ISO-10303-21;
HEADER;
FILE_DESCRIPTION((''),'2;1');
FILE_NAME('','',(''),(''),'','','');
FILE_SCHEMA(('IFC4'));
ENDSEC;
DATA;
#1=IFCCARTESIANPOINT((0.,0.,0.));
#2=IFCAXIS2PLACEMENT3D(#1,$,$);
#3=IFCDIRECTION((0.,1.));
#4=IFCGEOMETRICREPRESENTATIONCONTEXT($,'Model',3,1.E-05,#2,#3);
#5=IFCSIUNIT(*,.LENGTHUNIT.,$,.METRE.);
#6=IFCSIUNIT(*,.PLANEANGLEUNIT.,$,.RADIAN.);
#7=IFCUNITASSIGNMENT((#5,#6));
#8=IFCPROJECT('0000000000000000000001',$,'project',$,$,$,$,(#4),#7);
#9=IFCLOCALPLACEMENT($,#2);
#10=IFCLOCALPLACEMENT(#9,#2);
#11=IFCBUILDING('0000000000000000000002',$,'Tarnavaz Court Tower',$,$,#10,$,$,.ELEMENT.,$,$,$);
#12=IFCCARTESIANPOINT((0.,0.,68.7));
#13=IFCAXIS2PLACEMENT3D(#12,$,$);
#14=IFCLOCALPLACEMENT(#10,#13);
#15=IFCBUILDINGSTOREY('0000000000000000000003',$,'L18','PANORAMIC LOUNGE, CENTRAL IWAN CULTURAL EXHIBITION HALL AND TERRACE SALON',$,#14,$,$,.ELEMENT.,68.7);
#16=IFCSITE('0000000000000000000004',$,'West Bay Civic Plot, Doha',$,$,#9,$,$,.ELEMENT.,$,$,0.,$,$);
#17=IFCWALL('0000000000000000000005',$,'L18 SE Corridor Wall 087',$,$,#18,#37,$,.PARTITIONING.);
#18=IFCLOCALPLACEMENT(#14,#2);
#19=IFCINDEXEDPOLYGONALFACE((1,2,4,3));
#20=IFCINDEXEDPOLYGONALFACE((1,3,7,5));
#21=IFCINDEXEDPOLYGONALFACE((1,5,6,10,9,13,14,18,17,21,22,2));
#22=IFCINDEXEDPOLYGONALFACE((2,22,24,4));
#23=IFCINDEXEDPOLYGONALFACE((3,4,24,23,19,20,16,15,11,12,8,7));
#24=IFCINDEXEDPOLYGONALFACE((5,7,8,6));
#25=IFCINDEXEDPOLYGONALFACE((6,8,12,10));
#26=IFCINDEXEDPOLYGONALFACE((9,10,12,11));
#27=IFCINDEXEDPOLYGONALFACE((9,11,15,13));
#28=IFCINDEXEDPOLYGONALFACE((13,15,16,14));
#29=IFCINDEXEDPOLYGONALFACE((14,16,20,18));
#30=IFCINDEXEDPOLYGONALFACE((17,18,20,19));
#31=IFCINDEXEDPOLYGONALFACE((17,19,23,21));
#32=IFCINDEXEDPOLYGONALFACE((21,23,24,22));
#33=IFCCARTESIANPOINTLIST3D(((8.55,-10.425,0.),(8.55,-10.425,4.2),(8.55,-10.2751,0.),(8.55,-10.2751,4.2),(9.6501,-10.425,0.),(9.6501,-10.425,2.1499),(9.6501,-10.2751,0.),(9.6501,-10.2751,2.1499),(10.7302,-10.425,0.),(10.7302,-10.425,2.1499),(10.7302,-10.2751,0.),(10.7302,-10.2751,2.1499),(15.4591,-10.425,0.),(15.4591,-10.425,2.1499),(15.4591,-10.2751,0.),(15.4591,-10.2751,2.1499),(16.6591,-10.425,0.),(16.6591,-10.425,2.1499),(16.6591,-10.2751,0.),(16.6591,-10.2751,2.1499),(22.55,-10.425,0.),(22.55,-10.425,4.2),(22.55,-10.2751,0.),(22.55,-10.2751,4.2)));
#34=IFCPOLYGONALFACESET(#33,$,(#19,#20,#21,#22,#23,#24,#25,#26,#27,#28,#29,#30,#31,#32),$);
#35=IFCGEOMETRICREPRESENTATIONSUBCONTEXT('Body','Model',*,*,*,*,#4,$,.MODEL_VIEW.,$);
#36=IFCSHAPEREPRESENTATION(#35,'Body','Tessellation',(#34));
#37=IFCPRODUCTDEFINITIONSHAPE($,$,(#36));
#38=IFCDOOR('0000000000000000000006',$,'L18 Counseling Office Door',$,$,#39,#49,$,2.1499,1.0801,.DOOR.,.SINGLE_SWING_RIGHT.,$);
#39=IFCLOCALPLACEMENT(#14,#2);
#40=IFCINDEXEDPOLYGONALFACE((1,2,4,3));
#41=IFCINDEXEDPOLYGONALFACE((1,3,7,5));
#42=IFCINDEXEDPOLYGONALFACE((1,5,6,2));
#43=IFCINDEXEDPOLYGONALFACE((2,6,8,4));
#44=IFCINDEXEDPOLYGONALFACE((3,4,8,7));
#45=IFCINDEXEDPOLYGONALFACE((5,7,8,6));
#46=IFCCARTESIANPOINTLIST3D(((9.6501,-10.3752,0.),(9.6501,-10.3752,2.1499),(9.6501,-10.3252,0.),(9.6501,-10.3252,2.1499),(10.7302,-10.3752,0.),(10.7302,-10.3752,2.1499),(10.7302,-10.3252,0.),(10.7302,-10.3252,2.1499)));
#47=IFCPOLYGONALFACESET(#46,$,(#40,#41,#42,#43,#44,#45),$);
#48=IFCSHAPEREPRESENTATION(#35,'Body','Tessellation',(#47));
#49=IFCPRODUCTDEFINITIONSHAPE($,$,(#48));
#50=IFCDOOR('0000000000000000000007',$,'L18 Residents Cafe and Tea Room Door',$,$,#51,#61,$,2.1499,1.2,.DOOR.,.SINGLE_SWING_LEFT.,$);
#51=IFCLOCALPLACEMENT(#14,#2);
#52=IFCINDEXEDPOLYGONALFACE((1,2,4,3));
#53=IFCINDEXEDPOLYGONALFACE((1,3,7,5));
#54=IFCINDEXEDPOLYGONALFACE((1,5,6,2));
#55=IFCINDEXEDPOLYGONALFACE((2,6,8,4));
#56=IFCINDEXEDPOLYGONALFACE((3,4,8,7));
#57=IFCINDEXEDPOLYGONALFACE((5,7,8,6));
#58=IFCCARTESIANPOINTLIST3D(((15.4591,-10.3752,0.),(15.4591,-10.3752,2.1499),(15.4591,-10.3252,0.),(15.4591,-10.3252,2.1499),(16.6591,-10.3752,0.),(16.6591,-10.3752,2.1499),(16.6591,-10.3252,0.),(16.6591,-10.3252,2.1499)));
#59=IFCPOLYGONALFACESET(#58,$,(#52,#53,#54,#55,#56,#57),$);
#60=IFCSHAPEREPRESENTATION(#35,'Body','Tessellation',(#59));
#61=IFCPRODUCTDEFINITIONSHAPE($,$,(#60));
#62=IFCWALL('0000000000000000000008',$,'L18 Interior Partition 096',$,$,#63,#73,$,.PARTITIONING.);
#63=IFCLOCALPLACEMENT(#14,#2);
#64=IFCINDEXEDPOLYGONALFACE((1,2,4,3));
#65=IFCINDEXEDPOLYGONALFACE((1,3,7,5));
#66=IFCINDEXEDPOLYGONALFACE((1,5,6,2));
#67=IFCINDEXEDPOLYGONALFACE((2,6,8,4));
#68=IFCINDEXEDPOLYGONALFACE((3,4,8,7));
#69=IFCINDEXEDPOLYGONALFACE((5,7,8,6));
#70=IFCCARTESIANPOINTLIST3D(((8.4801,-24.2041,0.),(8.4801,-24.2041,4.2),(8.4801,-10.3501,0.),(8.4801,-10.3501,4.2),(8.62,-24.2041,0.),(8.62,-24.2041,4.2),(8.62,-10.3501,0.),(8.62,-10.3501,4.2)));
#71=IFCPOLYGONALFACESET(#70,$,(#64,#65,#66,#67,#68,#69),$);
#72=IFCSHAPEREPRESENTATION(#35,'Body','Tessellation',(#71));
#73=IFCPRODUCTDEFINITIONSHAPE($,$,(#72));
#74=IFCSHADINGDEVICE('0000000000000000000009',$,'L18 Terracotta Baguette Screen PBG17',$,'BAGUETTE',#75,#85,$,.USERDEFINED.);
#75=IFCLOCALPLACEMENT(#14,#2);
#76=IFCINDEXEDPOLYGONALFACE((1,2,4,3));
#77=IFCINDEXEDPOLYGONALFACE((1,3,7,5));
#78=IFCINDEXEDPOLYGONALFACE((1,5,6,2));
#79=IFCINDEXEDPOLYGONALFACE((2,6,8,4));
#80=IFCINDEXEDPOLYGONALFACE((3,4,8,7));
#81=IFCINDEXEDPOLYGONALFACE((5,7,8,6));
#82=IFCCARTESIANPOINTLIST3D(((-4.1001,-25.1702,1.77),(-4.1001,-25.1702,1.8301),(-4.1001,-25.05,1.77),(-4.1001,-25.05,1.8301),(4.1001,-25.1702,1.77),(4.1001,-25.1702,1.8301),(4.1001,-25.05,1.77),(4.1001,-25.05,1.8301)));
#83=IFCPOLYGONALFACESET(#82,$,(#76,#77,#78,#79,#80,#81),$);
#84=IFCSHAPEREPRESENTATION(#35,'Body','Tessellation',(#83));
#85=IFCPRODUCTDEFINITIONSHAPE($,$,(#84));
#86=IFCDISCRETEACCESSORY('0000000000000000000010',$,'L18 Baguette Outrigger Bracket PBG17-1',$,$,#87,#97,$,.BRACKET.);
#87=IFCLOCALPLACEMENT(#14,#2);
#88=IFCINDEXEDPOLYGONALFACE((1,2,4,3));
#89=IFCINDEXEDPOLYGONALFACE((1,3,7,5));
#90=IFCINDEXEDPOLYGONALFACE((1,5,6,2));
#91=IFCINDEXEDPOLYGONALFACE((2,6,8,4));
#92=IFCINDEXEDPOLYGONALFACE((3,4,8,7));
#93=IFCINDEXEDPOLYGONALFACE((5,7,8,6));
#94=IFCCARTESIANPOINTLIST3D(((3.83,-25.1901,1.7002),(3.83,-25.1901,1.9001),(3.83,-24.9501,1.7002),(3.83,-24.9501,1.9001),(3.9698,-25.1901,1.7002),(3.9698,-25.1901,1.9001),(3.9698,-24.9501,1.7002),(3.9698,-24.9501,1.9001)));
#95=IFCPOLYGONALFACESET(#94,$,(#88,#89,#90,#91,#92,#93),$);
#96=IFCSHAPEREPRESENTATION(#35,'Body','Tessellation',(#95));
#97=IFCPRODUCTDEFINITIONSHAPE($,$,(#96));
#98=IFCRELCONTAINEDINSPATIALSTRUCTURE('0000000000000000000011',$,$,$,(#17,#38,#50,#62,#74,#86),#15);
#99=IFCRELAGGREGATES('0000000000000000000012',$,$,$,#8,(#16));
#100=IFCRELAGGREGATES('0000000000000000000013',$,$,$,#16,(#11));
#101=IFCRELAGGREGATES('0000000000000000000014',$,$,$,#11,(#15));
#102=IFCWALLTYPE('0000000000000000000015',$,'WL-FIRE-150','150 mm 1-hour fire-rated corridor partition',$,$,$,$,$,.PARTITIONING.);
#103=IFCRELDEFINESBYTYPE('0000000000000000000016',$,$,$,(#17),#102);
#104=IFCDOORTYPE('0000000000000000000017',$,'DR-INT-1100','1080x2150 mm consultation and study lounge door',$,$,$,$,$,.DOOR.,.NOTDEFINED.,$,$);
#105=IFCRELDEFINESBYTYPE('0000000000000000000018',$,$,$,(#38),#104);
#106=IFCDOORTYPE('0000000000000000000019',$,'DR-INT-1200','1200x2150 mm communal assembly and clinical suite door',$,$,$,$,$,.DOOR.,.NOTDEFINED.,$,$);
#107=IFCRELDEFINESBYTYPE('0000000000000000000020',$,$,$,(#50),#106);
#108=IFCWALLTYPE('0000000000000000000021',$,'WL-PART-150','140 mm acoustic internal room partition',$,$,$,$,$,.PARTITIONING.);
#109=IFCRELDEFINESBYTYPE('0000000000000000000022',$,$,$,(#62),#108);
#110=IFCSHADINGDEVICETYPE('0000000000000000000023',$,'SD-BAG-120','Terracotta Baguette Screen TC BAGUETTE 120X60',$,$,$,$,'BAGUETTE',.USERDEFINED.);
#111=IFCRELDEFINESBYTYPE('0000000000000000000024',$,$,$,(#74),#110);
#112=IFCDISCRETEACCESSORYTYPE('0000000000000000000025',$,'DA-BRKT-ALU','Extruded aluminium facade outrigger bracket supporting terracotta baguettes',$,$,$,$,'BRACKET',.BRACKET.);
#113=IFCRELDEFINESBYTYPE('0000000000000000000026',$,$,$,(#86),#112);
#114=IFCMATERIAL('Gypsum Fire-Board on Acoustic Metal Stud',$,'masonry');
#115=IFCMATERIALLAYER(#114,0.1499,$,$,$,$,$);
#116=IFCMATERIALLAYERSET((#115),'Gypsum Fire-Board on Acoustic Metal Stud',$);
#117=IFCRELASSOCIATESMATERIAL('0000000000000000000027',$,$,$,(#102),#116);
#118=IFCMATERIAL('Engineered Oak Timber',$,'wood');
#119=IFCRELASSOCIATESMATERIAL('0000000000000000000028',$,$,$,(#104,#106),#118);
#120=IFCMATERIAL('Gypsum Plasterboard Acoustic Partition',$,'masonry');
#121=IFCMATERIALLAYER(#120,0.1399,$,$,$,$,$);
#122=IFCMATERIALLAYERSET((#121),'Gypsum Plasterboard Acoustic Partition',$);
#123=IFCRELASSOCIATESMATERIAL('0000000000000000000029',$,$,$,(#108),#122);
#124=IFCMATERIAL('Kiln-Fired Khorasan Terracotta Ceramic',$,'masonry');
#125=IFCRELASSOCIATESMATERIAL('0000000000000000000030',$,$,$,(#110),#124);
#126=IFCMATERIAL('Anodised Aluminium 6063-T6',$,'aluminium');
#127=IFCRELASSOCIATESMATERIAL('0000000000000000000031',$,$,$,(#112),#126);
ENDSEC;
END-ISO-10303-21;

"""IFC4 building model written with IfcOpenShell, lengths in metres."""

from ifc_helpers import new_model, si_unit, direction, frame, frame_2d, origin, origin_2d, place, context, subcontext, project, spatial, rectangle, extrude, material, layer, layer_set, material_profile, profile_set, type_object, element, fill, save


model = new_model("IFC4")

# Units and contexts
model_context = context("Model", 3, precision=1e-05, world=origin(), true_north=direction((0.0, 1.0)))
body_context = subcontext(model_context, "Body", "Model", "MODEL_VIEW")
ifc_project = project(units=[si_unit("LENGTHUNIT", "METRE"), si_unit("PLANEANGLEUNIT", "RADIAN")], contexts=[model_context])

# Site, building, storey
site_placement = place(None, origin())
site = spatial("IfcSite", under=ifc_project, at=site_placement, Name="West Bay Civic Plot, Doha", CompositionType="ELEMENT", RefElevation=0.0)
building_placement = place(site_placement, origin())
building = spatial("IfcBuilding", under=site, at=building_placement, Name="Tarnavaz Court Tower", CompositionType="ELEMENT")
storey_placement = place(building_placement, frame((0.0, 0.0, 68.7)))
storey = spatial("IfcBuildingStorey", under=building, at=storey_placement, Name="L18", Description="PANORAMIC LOUNGE, CENTRAL IWAN CULTURAL EXHIBITION HALL AND TERRACE SALON", CompositionType="ELEMENT", Elevation=68.7)

# Shared definitions
ifc_material_1 = material(Name="Anodised Aluminium 6063-T6", Category="aluminium")

# Wall, openings, doors
ifc_material_2 = material(Name="Gypsum Fire-Board on Acoustic Metal Stud", Category="masonry")
ifc_layer_1 = layer(ifc_material_2, 0.1499)
ifc_layer_set_1 = layer_set([ifc_layer_1], Name="Gypsum Fire-Board on Acoustic Metal Stud")
wall_type_1 = type_object("IfcWallType", Name="WL-FIRE-150", Description="150 mm 1-hour fire-rated corridor partition", PredefinedType="PARTITIONING", material=ifc_layer_set_1)
wall_1_placement = place(storey_placement, frame((8.55, -10.3501, 0.0), z_axis=(0.0, 0.0, 1.0), x_axis=(1.0, 0.0, 0.0)))
wall_1 = element("IfcWall", 1, at=wall_1_placement, inside=storey, type_object=wall_type_1, Name="L18 SE Corridor Wall 087", PredefinedType="PARTITIONING", context=body_context, shape_type="SweptSolid", body=[
    extrude(rectangle(XDim=14.0, YDim=0.1499, at=frame_2d((7.0, 0.0))), origin(), (0.0, 0.0, 1.0), 4.2),
])
opening_1_placement = place(wall_1_placement, frame((1.1001, 0.0, 0.0)))
opening_1 = element("IfcOpeningElement", 2, at=opening_1_placement, cuts=wall_1, PredefinedType="OPENING", context=body_context, shape_type="SweptSolid", body=[
    extrude(rectangle(XDim=1.0801, YDim=2.1499, at=frame_2d((0.54, 1.075))), frame((0.0, 0.085, 0.0), z_axis=(0.0, -1.0, 0.0), x_axis=(1.0, 0.0, 0.0)), (0.0, 0.0, 1.0), 0.1699),
])
opening_2_placement = place(wall_1_placement, frame((6.9089, 0.0, 0.0)))
opening_2 = element("IfcOpeningElement", 3, at=opening_2_placement, cuts=wall_1, PredefinedType="OPENING", context=body_context, shape_type="SweptSolid", body=[
    extrude(rectangle(XDim=1.2, YDim=2.1499, at=frame_2d((0.6001, 1.075))), frame((0.0, 0.085, 0.0), z_axis=(0.0, -1.0, 0.0), x_axis=(1.0, 0.0, 0.0)), (0.0, 0.0, 1.0), 0.1699),
])
ifc_material_3 = material(Name="Engineered Oak Timber", Category="wood")
door_type_1 = type_object("IfcDoorType", Name="DR-INT-1100", Description="1080x2150 mm consultation and study lounge door", OperationType="NOTDEFINED", PredefinedType="DOOR", material=ifc_material_3)
door_1_placement = place(opening_1_placement, origin())
door_1 = element("IfcDoor", 4, at=door_1_placement, inside=storey, type_object=door_type_1, Name="L18 Counseling Office Door", OperationType="SINGLE_SWING_RIGHT", OverallHeight=2.1499, OverallWidth=1.0801, PredefinedType="DOOR", context=body_context, shape_type="SweptSolid", body=[
    extrude(rectangle(XDim=1.0801, YDim=2.1499, at=frame_2d((0.54, 1.075))), frame((0.0, 0.0249, 0.0), z_axis=(0.0, -1.0, 0.0), x_axis=(1.0, 0.0, 0.0)), (0.0, 0.0, 1.0), 0.05),
])
fill(opening_1, door_1)
door_type_2 = type_object("IfcDoorType", Name="DR-INT-1200", Description="1200x2150 mm communal assembly and clinical suite door", OperationType="NOTDEFINED", PredefinedType="DOOR", material=ifc_material_3)
door_2_placement = place(opening_2_placement, origin())
door_2 = element("IfcDoor", 5, at=door_2_placement, inside=storey, type_object=door_type_2, Name="L18 Residents Cafe and Tea Room Door", OperationType="SINGLE_SWING_LEFT", OverallHeight=2.1499, OverallWidth=1.2, PredefinedType="DOOR", context=body_context, shape_type="SweptSolid", body=[
    extrude(rectangle(XDim=1.2, YDim=2.1499, at=frame_2d((0.6001, 1.075))), frame((0.0, 0.0249, 0.0), z_axis=(0.0, -1.0, 0.0), x_axis=(1.0, 0.0, 0.0)), (0.0, 0.0, 1.0), 0.05),
])
fill(opening_2, door_2)

# Wall
ifc_material_4 = material(Name="Gypsum Plasterboard Acoustic Partition", Category="masonry")
ifc_layer_2 = layer(ifc_material_4, 0.1399)
ifc_layer_set_2 = layer_set([ifc_layer_2], Name="Gypsum Plasterboard Acoustic Partition")
wall_type_2 = type_object("IfcWallType", Name="WL-PART-150", Description="140 mm acoustic internal room partition", PredefinedType="PARTITIONING", material=ifc_layer_set_2)
wall_2_placement = place(storey_placement, frame((8.55, -24.2041, 0.0), z_axis=(0.0, 0.0, 1.0), x_axis=(0.0, 1.0, 0.0)))
element("IfcWall", 6, at=wall_2_placement, inside=storey, type_object=wall_type_2, Name="L18 Interior Partition 096", PredefinedType="PARTITIONING", context=body_context, shape_type="SweptSolid", body=[
    extrude(rectangle(XDim=13.854, YDim=0.1399, at=frame_2d((6.927, 0.0))), origin(), (0.0, 0.0, 1.0), 4.2),
])

# Shading device
ifc_material_5 = material(Name="Kiln-Fired Khorasan Terracotta Ceramic", Category="masonry")
ifc_material_profile_1 = material_profile(ifc_material_5, rectangle(XDim=0.1201, YDim=0.0601, at=origin_2d()), Name="TC BAGUETTE 120X60")
ifc_profile_set_1 = profile_set([ifc_material_profile_1], Name="Kiln-Fired Khorasan Terracotta Ceramic")
shading_device_type = type_object("IfcShadingDeviceType", Name="SD-BAG-120", Description="Terracotta Baguette Screen TC BAGUETTE 120X60", ElementType="BAGUETTE", PredefinedType="USERDEFINED", material=ifc_profile_set_1)
shading_device_placement = place(storey_placement, frame((4.1001, -25.1101, 1.8), z_axis=(-1.0, 0.0, 0.0), x_axis=(0.0, -1.0, 0.0)))
element("IfcShadingDevice", 7, at=shading_device_placement, inside=storey, type_object=shading_device_type, Name="L18 Terracotta Baguette Screen PBG17", ObjectType="BAGUETTE", PredefinedType="USERDEFINED", context=body_context, shape_type="SweptSolid", body=[
    extrude(rectangle(XDim=0.1201, YDim=0.0601, at=origin_2d()), origin(), (0.0, 0.0, 1.0), 8.2002),
])

# Discrete accessory
discrete_accessory_type = type_object("IfcDiscreteAccessoryType", Name="DA-BRKT-ALU", Description="Extruded aluminium facade outrigger bracket supporting terracotta baguettes", ElementType="BRACKET", PredefinedType="BRACKET", material=ifc_material_1)
discrete_accessory_placement = place(storey_placement, frame((3.8999, -25.0701, 1.7002), z_axis=(0.0, 0.0, 1.0), x_axis=(-1.0, 0.0, 0.0)))
element("IfcDiscreteAccessory", 8, at=discrete_accessory_placement, inside=storey, type_object=discrete_accessory_type, Name="L18 Baguette Outrigger Bracket PBG17-1", PredefinedType="BRACKET", context=body_context, shape_type="SweptSolid", body=[
    extrude(rectangle(XDim=0.1399, YDim=0.24, at=origin_2d()), origin(), (0.0, 0.0, 1.0), 0.2),
])

save(model, "model.ifc")
